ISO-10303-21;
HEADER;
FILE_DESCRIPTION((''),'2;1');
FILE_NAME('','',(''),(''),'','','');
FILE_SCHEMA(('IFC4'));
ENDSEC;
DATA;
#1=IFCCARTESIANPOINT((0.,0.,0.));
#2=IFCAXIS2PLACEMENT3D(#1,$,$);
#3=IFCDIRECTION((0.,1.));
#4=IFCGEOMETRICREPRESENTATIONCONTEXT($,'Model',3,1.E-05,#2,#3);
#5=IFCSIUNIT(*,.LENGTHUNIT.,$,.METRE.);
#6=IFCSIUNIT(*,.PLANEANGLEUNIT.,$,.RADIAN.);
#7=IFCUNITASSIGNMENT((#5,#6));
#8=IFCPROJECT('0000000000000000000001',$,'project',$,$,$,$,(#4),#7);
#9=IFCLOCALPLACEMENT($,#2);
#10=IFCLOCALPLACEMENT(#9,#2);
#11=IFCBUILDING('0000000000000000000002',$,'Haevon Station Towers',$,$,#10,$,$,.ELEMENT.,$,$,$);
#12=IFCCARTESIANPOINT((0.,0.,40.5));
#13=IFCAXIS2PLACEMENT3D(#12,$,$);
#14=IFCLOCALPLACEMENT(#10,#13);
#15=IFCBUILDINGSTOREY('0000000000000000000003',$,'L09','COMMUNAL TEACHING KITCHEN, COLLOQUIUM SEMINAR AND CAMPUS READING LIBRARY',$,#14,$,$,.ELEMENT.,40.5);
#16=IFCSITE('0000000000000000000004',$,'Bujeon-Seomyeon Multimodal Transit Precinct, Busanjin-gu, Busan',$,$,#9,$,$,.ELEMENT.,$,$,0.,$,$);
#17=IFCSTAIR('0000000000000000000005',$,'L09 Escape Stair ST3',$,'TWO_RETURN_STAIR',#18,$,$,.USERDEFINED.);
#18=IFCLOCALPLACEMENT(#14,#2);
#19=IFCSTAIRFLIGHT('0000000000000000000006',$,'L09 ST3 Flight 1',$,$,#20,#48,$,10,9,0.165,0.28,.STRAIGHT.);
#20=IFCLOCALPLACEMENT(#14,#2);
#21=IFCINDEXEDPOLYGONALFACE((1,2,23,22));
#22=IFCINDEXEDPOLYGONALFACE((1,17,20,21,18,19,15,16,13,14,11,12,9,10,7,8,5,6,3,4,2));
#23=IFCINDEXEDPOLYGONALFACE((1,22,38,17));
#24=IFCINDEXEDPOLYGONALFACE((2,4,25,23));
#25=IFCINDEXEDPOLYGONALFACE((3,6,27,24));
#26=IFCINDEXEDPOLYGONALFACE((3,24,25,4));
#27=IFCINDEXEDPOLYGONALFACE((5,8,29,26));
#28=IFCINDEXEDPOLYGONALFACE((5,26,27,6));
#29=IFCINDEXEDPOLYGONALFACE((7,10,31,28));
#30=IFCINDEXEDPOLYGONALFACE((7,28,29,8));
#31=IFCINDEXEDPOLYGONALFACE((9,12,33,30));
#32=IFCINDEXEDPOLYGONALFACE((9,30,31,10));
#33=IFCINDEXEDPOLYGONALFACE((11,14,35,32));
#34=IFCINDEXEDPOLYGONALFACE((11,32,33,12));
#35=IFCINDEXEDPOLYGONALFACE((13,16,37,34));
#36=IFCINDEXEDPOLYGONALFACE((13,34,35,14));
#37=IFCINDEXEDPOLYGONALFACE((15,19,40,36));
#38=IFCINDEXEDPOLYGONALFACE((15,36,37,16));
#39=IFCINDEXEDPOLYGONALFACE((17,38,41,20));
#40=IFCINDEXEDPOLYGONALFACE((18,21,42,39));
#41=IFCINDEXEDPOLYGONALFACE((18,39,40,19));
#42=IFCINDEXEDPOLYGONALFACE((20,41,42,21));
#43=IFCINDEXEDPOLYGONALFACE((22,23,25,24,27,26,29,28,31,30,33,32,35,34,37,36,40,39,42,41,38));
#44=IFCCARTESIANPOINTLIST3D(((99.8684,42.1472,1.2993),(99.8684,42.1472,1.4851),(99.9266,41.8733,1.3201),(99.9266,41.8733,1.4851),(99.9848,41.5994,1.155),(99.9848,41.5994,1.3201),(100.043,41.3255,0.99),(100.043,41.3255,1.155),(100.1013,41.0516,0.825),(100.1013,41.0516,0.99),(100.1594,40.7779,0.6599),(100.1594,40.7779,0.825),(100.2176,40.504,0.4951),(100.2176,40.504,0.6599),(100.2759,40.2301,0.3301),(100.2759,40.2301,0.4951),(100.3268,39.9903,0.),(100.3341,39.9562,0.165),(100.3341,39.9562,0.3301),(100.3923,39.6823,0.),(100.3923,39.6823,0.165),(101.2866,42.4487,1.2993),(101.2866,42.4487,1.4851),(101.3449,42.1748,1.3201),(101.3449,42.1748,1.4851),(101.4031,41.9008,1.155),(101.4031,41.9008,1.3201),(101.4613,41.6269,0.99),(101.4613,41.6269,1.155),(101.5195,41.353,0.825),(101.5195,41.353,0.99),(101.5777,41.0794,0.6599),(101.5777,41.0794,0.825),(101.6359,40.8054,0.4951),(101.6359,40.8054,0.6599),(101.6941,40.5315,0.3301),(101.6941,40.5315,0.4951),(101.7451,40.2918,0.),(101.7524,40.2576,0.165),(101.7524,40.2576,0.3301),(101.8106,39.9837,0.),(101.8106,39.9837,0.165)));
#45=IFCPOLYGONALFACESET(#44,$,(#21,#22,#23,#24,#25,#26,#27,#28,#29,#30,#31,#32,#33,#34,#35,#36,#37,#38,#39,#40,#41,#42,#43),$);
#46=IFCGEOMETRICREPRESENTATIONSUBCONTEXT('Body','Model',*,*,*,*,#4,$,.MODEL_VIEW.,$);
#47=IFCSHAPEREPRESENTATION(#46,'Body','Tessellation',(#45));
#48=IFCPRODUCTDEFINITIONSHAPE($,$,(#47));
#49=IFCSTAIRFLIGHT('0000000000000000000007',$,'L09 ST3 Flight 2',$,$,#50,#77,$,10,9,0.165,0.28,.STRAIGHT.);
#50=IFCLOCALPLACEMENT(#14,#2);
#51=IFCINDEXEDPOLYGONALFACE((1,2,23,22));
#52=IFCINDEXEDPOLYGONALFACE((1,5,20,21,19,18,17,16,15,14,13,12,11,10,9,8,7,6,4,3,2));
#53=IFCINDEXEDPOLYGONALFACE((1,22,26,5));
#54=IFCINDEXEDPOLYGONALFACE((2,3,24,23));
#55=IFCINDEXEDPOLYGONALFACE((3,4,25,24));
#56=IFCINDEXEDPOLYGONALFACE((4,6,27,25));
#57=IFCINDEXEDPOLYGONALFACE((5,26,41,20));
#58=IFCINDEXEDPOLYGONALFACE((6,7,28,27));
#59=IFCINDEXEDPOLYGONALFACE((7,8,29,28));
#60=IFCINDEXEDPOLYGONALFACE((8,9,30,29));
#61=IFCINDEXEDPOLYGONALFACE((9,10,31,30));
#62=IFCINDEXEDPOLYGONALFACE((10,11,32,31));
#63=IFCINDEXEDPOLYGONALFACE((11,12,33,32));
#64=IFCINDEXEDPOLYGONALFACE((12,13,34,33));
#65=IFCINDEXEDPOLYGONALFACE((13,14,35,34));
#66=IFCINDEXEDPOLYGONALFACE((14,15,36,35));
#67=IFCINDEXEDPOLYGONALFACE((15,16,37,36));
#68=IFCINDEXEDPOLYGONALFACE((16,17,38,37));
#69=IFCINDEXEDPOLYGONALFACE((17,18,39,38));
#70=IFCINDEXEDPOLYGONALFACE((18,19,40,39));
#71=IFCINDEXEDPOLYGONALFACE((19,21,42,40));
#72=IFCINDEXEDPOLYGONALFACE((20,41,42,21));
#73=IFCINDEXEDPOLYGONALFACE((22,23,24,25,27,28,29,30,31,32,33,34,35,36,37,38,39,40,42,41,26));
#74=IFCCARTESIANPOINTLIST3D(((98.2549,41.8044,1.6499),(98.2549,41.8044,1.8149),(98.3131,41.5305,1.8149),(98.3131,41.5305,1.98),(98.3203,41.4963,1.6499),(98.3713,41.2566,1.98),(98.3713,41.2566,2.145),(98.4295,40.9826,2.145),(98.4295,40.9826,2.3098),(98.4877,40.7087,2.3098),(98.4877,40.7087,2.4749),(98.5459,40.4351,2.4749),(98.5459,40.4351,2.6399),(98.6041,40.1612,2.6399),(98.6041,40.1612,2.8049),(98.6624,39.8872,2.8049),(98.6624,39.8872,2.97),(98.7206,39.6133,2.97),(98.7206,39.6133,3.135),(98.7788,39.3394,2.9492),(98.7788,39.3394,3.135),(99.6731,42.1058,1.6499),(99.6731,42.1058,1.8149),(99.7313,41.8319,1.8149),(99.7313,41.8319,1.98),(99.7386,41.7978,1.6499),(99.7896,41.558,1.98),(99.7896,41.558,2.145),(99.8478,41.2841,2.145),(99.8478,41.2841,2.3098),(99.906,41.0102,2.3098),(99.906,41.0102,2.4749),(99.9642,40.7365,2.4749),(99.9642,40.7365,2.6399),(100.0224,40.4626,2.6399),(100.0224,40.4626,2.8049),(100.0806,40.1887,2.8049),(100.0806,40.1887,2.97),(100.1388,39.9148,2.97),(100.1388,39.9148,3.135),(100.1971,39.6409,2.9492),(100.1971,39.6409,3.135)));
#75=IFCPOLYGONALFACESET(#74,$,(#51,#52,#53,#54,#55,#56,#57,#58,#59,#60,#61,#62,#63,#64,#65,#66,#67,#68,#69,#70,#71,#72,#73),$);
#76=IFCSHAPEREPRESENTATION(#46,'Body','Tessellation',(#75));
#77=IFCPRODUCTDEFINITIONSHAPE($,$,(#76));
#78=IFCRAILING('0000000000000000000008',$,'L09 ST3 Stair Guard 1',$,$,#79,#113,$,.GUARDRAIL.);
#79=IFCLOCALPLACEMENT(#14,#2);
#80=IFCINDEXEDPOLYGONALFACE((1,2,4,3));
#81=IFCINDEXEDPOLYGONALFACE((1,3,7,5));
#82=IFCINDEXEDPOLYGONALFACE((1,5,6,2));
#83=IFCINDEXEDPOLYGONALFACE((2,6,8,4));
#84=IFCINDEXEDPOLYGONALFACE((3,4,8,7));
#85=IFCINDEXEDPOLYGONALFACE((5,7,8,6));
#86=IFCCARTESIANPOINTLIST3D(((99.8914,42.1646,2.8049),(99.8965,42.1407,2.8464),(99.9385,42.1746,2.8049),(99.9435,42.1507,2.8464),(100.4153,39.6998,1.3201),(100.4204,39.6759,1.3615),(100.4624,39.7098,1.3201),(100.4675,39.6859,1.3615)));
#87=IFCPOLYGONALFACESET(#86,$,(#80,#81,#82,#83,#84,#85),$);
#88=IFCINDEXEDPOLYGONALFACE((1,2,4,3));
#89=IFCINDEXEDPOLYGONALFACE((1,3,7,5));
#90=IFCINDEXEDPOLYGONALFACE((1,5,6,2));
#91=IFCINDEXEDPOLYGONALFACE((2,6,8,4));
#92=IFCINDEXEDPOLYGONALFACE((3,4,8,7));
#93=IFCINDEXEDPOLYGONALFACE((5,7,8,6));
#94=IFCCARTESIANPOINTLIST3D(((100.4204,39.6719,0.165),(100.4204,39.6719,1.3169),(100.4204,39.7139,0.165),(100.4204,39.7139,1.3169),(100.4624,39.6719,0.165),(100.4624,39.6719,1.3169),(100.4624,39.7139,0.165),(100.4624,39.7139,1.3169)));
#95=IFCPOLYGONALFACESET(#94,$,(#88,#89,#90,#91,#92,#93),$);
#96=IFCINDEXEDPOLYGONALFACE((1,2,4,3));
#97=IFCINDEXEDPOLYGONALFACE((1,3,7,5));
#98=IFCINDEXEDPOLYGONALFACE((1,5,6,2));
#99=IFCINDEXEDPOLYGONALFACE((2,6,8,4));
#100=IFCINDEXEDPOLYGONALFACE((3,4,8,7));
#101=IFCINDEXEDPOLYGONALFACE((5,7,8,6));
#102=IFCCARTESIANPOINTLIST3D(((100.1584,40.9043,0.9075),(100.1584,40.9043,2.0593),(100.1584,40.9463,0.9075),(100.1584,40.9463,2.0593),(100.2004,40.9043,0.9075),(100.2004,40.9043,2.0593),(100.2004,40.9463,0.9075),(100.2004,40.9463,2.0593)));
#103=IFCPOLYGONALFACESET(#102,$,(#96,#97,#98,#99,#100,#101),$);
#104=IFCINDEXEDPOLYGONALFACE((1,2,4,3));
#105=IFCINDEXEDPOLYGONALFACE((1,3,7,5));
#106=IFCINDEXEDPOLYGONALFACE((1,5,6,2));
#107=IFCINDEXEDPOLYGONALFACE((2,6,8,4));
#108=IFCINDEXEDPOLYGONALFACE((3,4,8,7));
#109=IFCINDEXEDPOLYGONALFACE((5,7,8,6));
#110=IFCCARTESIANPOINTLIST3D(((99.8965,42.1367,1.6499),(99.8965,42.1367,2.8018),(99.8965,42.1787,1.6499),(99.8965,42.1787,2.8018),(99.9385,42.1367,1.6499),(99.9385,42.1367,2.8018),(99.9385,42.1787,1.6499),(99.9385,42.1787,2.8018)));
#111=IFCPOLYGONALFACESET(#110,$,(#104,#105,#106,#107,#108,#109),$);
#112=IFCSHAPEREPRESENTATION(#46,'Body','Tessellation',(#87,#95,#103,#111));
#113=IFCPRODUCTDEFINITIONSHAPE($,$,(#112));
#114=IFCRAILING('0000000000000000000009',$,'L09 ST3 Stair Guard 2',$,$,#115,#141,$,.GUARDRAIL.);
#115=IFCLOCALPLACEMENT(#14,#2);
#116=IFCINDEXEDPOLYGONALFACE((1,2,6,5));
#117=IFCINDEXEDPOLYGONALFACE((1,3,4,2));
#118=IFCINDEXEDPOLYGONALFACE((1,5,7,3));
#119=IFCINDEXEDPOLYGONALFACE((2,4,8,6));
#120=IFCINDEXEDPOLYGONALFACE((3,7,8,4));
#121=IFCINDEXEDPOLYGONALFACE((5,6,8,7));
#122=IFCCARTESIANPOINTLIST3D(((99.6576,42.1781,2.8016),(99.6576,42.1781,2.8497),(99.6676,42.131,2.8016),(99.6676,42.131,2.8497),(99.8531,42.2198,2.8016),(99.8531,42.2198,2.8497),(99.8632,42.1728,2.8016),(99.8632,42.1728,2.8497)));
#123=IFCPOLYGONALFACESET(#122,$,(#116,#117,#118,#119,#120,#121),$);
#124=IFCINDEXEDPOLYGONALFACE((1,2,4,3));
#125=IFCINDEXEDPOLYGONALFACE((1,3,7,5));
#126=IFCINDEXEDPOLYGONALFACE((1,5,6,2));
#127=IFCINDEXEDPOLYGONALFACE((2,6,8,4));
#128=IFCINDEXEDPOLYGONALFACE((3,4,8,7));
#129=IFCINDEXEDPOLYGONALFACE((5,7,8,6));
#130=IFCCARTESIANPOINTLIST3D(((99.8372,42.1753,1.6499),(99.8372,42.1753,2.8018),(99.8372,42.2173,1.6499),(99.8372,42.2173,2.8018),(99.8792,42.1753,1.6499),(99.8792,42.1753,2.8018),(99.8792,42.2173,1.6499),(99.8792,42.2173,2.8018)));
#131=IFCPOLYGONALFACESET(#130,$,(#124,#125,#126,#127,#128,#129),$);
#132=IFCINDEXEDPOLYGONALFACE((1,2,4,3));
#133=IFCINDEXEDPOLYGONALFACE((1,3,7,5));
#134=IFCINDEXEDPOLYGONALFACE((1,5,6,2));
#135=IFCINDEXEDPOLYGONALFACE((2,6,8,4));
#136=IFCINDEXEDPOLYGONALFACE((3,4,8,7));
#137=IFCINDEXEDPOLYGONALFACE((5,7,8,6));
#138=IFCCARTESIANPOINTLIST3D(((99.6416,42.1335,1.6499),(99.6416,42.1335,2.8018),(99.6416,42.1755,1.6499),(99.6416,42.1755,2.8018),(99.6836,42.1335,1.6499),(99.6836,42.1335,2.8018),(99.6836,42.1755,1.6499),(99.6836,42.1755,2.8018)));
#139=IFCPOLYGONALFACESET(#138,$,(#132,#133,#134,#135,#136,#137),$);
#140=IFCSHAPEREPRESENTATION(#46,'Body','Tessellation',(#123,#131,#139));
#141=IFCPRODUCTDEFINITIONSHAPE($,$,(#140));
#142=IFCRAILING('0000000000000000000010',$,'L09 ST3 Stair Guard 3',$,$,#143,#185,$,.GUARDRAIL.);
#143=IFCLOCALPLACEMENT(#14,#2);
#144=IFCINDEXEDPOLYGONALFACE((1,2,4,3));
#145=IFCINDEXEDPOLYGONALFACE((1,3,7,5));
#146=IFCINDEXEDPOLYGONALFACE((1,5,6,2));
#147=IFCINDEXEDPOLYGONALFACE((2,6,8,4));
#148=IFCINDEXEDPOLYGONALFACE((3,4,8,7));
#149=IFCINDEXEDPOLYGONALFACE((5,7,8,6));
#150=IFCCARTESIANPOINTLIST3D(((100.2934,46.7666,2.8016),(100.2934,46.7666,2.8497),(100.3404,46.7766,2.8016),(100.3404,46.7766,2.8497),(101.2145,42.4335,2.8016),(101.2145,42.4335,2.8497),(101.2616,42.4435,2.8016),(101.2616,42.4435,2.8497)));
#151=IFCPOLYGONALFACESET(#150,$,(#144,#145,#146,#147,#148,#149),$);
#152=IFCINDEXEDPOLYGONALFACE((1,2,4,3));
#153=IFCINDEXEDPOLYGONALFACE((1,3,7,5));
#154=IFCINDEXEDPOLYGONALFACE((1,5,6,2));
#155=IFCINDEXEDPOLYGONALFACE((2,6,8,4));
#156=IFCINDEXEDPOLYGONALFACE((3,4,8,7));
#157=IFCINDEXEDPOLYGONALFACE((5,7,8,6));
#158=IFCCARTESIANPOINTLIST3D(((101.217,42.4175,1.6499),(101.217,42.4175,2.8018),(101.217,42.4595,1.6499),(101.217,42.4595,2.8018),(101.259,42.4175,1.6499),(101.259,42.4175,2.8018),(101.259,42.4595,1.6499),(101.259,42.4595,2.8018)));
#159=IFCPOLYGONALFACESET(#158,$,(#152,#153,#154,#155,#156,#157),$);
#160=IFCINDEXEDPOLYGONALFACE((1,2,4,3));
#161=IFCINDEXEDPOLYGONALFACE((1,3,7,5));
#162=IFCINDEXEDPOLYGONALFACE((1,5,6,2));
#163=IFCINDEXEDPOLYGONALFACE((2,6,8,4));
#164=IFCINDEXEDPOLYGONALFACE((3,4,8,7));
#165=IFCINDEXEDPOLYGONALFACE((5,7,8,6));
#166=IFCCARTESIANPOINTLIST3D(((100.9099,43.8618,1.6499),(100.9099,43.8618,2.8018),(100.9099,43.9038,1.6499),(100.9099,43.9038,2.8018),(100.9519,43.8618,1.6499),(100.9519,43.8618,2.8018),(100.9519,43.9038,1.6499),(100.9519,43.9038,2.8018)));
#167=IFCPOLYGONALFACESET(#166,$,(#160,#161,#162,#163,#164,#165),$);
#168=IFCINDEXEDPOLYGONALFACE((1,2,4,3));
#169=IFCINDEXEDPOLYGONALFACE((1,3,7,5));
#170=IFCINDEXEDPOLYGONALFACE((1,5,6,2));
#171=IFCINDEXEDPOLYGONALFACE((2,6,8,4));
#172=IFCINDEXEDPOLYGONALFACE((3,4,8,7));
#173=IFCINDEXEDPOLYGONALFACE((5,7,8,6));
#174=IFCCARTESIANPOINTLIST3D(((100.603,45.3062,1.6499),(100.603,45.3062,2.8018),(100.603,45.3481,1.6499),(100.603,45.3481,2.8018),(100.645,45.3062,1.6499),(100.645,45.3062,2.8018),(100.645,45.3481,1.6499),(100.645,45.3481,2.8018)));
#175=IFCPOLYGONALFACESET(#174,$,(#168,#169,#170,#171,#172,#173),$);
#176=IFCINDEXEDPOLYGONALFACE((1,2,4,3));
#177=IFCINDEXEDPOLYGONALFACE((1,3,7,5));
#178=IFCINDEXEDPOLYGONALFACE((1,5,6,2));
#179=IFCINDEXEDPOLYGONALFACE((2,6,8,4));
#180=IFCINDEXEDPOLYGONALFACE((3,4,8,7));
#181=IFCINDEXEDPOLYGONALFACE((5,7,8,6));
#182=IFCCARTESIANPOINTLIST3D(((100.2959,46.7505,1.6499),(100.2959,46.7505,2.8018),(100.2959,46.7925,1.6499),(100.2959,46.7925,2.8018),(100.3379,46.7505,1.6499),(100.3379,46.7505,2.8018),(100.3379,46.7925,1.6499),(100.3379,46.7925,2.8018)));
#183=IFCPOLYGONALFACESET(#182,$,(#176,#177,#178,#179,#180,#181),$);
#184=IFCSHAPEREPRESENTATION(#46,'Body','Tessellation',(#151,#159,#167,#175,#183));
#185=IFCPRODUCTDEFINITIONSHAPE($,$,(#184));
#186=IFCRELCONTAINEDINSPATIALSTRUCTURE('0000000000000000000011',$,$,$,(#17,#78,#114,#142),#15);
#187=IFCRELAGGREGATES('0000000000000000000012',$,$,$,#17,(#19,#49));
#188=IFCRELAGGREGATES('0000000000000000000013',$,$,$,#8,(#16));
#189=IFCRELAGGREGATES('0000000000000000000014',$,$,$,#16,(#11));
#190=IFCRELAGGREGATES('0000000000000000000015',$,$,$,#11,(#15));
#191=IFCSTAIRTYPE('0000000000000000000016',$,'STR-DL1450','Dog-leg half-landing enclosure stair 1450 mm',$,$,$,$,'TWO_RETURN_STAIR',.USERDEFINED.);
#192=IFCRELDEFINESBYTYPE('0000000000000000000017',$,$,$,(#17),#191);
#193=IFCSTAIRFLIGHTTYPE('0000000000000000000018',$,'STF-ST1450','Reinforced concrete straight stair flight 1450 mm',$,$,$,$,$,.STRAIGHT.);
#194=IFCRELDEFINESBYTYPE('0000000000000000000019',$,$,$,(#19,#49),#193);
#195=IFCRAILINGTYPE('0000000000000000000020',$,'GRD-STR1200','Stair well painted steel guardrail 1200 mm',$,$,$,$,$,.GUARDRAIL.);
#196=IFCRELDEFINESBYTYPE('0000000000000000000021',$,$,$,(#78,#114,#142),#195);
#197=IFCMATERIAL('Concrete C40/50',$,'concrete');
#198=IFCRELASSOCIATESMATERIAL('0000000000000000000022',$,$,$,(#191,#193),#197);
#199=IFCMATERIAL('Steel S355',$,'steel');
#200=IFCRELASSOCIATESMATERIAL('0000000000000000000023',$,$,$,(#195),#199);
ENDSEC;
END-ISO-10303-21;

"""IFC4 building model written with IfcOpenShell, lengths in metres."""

from ifc_helpers import new_model, si_unit, direction, frame, origin, origin_2d, place, context, subcontext, project, spatial, polyline, rectangle, outline, extrude, material, type_object, element, aggregate, save


model = new_model("IFC4")

# Units and contexts
model_context = context("Model", 3, precision=1e-05, world=origin(), true_north=direction((0.0, 1.0)))
body_context = subcontext(model_context, "Body", "Model", "MODEL_VIEW")
ifc_project = project(units=[si_unit("LENGTHUNIT", "METRE"), si_unit("PLANEANGLEUNIT", "RADIAN")], contexts=[model_context])

# Site, building, storey
site_placement = place(None, origin())
site = spatial("IfcSite", under=ifc_project, at=site_placement, Name="Bujeon-Seomyeon Multimodal Transit Precinct, Busanjin-gu, Busan", CompositionType="ELEMENT", RefElevation=0.0)
building_placement = place(site_placement, origin())
building = spatial("IfcBuilding", under=site, at=building_placement, Name="Haevon Station Towers", CompositionType="ELEMENT")
storey_placement = place(building_placement, frame((0.0, 0.0, 40.5)))
storey = spatial("IfcBuildingStorey", under=building, at=storey_placement, Name="L09", Description="COMMUNAL TEACHING KITCHEN, COLLOQUIUM SEMINAR AND CAMPUS READING LIBRARY", CompositionType="ELEMENT", Elevation=40.5)

# Shared definitions
ifc_material_1 = material(Name="Steel S355", Category="steel")

# Shared definitions
ifc_material_2 = material(Name="Concrete C40/50", Category="concrete")

# Stair, stair flights
stair_type = type_object("IfcStairType", Name="STR-DL1450", Description="Dog-leg half-landing enclosure stair 1450 mm", ElementType="TWO_RETURN_STAIR", PredefinedType="USERDEFINED", material=ifc_material_2)
stair_placement = place(storey_placement, origin())
stair = element("IfcStair", 1, at=stair_placement, inside=storey, type_object=stair_type, Name="L09 Escape Stair ST3", ObjectType="TWO_RETURN_STAIR", PredefinedType="USERDEFINED")
stair_flight_type = type_object("IfcStairFlightType", Name="STF-ST1450", Description="Reinforced concrete straight stair flight 1450 mm", PredefinedType="STRAIGHT", material=ifc_material_2)
stair_flight_1_placement = place(storey_placement, frame((101.1016, 39.833, 0.0), z_axis=(0.0, 0.0, 1.0), x_axis=(-0.207912, 0.978148, 0.0)))
stair_flight_1 = element("IfcStairFlight", 2, at=stair_flight_1_placement, type_object=stair_flight_type, Name="L09 ST3 Flight 1", NumberOfRisers=10, NumberOfTreads=9, PredefinedType="STRAIGHT", RiserHeight=0.165, TreadLength=0.28, context=body_context, shape_type="SweptSolid", body=[
    extrude(outline(polyline([(0.0, 0.0), (0.0, 0.165), (0.28, 0.165), (0.28, 0.3301), (0.5601, 0.3301), (0.5601, 0.4951), (0.8401, 0.4951), (0.8401, 0.6599), (1.1201, 0.6599), (1.1201, 0.825), (1.3999, 0.825), (1.3999, 0.99), (1.6799, 0.99), (1.6799, 1.155), (1.96, 1.155), (1.96, 1.3201), (2.24, 1.3201), (2.24, 1.4851), (2.52, 1.4851), (2.52, 1.6499), (2.52, 1.2993), (0.3149, 0.0), (0.0, 0.0)])), frame((0.0, 0.7251, 0.0), z_axis=(0.0, -1.0, 0.0), x_axis=(1.0, 0.0, 0.0)), (0.0, 0.0, 1.0), 1.45),
])
stair_flight_2_placement = place(storey_placement, frame((98.9639, 41.9551, 1.6499), z_axis=(0.0, 0.0, 1.0), x_axis=(0.207912, -0.978148, 0.0)))
stair_flight_2 = element("IfcStairFlight", 3, at=stair_flight_2_placement, type_object=stair_flight_type, Name="L09 ST3 Flight 2", NumberOfRisers=10, NumberOfTreads=9, PredefinedType="STRAIGHT", RiserHeight=0.165, TreadLength=0.28, context=body_context, shape_type="SweptSolid", body=[
    extrude(outline(polyline([(0.0, 0.0), (0.0, 0.165), (0.28, 0.165), (0.28, 0.3301), (0.5601, 0.3301), (0.5601, 0.4951), (0.8401, 0.4951), (0.8401, 0.6599), (1.1201, 0.6599), (1.1201, 0.825), (1.3999, 0.825), (1.3999, 0.99), (1.6799, 0.99), (1.6799, 1.155), (1.96, 1.155), (1.96, 1.3201), (2.24, 1.3201), (2.24, 1.4851), (2.52, 1.4851), (2.52, 1.6499), (2.52, 1.2993), (0.3149, 0.0), (0.0, 0.0)])), frame((0.0, 0.7251, 0.0), z_axis=(0.0, -1.0, 0.0), x_axis=(1.0, 0.0, 0.0)), (0.0, 0.0, 1.0), 1.45),
])
aggregate(stair, [stair_flight_1, stair_flight_2])

# Railings
railing_type_1 = type_object("IfcRailingType", Name="GRD-STR1200", Description="Stair well painted steel guardrail 1200 mm", PredefinedType="GUARDRAIL", material=ifc_material_1)
railing_1_placement = place(storey_placement, frame((100.4414, 39.6929, 0.165)))
element("IfcRailing", 4, at=railing_1_placement, inside=storey, type_object=railing_type_1, Name="L09 ST3 Stair Guard 1", PredefinedType="GUARDRAIL", context=body_context, shape_type="SweptSolid", body=[
    extrude(rectangle(XDim=0.0481, YDim=0.0481, at=origin_2d()), frame((0.0, 0.0, 1.1758), z_axis=(-0.179129, 0.842724, 0.507671), x_axis=(-0.978147, -0.207914, 0.0)), (0.0, 0.0, 1.0), 2.9248),
    extrude(rectangle(XDim=0.042, YDim=0.042, at=origin_2d()), origin(), (0.0, 0.0, 1.0), 1.1519),
    extrude(rectangle(XDim=0.042, YDim=0.042, at=origin_2d()), frame((-0.262, 1.2324, 0.7424)), (0.0, 0.0, 1.0), 1.1519),
    extrude(rectangle(XDim=0.042, YDim=0.042, at=origin_2d()), frame((-0.5239, 2.4648, 1.4849)), (0.0, 0.0, 1.0), 1.1519),
])
railing_2_placement = place(storey_placement, frame((99.8582, 42.1963, 1.6499)))
element("IfcRailing", 5, at=railing_2_placement, inside=storey, type_object=railing_type_1, Name="L09 ST3 Stair Guard 2", PredefinedType="GUARDRAIL", context=body_context, shape_type="SweptSolid", body=[
    extrude(rectangle(XDim=0.0481, YDim=0.0481, at=origin_2d()), frame((0.0, 0.0, 1.1758), z_axis=(-0.977963, -0.208779, 0.0), x_axis=(0.208779, -0.977963, 0.0)), (0.0, 0.0, 1.0), 0.2),
    extrude(rectangle(XDim=0.042, YDim=0.042, at=origin_2d()), origin(), (0.0, 0.0, 1.0), 1.1519),
    extrude(rectangle(XDim=0.042, YDim=0.042, at=origin_2d()), frame((-0.1956, -0.0417, 0.0)), (0.0, 0.0, 1.0), 1.1519),
])
railing_3_placement = place(storey_placement, frame((101.238, 42.4385, 1.6499)))
element("IfcRailing", 6, at=railing_3_placement, inside=storey, type_object=railing_type_1, Name="L09 ST3 Stair Guard 3", PredefinedType="GUARDRAIL", context=body_context, shape_type="SweptSolid", body=[
    extrude(rectangle(XDim=0.0481, YDim=0.0481, at=origin_2d()), frame((0.0, 0.0, 1.1758), z_axis=(-0.20794, 0.978141, 0.0), x_axis=(-0.978141, -0.20794, 0.0)), (0.0, 0.0, 1.0), 4.4299),
    extrude(rectangle(XDim=0.042, YDim=0.042, at=origin_2d()), origin(), (0.0, 0.0, 1.0), 1.1519),
    extrude(rectangle(XDim=0.042, YDim=0.042, at=origin_2d()), frame((-0.3071, 1.4443, 0.0)), (0.0, 0.0, 1.0), 1.1519),
    extrude(rectangle(XDim=0.042, YDim=0.042, at=origin_2d()), frame((-0.614, 2.8887, 0.0)), (0.0, 0.0, 1.0), 1.1519),
    extrude(rectangle(XDim=0.042, YDim=0.042, at=origin_2d()), frame((-0.9211, 4.333, 0.0)), (0.0, 0.0, 1.0), 1.1519),
])

save(model, "model.ifc")
